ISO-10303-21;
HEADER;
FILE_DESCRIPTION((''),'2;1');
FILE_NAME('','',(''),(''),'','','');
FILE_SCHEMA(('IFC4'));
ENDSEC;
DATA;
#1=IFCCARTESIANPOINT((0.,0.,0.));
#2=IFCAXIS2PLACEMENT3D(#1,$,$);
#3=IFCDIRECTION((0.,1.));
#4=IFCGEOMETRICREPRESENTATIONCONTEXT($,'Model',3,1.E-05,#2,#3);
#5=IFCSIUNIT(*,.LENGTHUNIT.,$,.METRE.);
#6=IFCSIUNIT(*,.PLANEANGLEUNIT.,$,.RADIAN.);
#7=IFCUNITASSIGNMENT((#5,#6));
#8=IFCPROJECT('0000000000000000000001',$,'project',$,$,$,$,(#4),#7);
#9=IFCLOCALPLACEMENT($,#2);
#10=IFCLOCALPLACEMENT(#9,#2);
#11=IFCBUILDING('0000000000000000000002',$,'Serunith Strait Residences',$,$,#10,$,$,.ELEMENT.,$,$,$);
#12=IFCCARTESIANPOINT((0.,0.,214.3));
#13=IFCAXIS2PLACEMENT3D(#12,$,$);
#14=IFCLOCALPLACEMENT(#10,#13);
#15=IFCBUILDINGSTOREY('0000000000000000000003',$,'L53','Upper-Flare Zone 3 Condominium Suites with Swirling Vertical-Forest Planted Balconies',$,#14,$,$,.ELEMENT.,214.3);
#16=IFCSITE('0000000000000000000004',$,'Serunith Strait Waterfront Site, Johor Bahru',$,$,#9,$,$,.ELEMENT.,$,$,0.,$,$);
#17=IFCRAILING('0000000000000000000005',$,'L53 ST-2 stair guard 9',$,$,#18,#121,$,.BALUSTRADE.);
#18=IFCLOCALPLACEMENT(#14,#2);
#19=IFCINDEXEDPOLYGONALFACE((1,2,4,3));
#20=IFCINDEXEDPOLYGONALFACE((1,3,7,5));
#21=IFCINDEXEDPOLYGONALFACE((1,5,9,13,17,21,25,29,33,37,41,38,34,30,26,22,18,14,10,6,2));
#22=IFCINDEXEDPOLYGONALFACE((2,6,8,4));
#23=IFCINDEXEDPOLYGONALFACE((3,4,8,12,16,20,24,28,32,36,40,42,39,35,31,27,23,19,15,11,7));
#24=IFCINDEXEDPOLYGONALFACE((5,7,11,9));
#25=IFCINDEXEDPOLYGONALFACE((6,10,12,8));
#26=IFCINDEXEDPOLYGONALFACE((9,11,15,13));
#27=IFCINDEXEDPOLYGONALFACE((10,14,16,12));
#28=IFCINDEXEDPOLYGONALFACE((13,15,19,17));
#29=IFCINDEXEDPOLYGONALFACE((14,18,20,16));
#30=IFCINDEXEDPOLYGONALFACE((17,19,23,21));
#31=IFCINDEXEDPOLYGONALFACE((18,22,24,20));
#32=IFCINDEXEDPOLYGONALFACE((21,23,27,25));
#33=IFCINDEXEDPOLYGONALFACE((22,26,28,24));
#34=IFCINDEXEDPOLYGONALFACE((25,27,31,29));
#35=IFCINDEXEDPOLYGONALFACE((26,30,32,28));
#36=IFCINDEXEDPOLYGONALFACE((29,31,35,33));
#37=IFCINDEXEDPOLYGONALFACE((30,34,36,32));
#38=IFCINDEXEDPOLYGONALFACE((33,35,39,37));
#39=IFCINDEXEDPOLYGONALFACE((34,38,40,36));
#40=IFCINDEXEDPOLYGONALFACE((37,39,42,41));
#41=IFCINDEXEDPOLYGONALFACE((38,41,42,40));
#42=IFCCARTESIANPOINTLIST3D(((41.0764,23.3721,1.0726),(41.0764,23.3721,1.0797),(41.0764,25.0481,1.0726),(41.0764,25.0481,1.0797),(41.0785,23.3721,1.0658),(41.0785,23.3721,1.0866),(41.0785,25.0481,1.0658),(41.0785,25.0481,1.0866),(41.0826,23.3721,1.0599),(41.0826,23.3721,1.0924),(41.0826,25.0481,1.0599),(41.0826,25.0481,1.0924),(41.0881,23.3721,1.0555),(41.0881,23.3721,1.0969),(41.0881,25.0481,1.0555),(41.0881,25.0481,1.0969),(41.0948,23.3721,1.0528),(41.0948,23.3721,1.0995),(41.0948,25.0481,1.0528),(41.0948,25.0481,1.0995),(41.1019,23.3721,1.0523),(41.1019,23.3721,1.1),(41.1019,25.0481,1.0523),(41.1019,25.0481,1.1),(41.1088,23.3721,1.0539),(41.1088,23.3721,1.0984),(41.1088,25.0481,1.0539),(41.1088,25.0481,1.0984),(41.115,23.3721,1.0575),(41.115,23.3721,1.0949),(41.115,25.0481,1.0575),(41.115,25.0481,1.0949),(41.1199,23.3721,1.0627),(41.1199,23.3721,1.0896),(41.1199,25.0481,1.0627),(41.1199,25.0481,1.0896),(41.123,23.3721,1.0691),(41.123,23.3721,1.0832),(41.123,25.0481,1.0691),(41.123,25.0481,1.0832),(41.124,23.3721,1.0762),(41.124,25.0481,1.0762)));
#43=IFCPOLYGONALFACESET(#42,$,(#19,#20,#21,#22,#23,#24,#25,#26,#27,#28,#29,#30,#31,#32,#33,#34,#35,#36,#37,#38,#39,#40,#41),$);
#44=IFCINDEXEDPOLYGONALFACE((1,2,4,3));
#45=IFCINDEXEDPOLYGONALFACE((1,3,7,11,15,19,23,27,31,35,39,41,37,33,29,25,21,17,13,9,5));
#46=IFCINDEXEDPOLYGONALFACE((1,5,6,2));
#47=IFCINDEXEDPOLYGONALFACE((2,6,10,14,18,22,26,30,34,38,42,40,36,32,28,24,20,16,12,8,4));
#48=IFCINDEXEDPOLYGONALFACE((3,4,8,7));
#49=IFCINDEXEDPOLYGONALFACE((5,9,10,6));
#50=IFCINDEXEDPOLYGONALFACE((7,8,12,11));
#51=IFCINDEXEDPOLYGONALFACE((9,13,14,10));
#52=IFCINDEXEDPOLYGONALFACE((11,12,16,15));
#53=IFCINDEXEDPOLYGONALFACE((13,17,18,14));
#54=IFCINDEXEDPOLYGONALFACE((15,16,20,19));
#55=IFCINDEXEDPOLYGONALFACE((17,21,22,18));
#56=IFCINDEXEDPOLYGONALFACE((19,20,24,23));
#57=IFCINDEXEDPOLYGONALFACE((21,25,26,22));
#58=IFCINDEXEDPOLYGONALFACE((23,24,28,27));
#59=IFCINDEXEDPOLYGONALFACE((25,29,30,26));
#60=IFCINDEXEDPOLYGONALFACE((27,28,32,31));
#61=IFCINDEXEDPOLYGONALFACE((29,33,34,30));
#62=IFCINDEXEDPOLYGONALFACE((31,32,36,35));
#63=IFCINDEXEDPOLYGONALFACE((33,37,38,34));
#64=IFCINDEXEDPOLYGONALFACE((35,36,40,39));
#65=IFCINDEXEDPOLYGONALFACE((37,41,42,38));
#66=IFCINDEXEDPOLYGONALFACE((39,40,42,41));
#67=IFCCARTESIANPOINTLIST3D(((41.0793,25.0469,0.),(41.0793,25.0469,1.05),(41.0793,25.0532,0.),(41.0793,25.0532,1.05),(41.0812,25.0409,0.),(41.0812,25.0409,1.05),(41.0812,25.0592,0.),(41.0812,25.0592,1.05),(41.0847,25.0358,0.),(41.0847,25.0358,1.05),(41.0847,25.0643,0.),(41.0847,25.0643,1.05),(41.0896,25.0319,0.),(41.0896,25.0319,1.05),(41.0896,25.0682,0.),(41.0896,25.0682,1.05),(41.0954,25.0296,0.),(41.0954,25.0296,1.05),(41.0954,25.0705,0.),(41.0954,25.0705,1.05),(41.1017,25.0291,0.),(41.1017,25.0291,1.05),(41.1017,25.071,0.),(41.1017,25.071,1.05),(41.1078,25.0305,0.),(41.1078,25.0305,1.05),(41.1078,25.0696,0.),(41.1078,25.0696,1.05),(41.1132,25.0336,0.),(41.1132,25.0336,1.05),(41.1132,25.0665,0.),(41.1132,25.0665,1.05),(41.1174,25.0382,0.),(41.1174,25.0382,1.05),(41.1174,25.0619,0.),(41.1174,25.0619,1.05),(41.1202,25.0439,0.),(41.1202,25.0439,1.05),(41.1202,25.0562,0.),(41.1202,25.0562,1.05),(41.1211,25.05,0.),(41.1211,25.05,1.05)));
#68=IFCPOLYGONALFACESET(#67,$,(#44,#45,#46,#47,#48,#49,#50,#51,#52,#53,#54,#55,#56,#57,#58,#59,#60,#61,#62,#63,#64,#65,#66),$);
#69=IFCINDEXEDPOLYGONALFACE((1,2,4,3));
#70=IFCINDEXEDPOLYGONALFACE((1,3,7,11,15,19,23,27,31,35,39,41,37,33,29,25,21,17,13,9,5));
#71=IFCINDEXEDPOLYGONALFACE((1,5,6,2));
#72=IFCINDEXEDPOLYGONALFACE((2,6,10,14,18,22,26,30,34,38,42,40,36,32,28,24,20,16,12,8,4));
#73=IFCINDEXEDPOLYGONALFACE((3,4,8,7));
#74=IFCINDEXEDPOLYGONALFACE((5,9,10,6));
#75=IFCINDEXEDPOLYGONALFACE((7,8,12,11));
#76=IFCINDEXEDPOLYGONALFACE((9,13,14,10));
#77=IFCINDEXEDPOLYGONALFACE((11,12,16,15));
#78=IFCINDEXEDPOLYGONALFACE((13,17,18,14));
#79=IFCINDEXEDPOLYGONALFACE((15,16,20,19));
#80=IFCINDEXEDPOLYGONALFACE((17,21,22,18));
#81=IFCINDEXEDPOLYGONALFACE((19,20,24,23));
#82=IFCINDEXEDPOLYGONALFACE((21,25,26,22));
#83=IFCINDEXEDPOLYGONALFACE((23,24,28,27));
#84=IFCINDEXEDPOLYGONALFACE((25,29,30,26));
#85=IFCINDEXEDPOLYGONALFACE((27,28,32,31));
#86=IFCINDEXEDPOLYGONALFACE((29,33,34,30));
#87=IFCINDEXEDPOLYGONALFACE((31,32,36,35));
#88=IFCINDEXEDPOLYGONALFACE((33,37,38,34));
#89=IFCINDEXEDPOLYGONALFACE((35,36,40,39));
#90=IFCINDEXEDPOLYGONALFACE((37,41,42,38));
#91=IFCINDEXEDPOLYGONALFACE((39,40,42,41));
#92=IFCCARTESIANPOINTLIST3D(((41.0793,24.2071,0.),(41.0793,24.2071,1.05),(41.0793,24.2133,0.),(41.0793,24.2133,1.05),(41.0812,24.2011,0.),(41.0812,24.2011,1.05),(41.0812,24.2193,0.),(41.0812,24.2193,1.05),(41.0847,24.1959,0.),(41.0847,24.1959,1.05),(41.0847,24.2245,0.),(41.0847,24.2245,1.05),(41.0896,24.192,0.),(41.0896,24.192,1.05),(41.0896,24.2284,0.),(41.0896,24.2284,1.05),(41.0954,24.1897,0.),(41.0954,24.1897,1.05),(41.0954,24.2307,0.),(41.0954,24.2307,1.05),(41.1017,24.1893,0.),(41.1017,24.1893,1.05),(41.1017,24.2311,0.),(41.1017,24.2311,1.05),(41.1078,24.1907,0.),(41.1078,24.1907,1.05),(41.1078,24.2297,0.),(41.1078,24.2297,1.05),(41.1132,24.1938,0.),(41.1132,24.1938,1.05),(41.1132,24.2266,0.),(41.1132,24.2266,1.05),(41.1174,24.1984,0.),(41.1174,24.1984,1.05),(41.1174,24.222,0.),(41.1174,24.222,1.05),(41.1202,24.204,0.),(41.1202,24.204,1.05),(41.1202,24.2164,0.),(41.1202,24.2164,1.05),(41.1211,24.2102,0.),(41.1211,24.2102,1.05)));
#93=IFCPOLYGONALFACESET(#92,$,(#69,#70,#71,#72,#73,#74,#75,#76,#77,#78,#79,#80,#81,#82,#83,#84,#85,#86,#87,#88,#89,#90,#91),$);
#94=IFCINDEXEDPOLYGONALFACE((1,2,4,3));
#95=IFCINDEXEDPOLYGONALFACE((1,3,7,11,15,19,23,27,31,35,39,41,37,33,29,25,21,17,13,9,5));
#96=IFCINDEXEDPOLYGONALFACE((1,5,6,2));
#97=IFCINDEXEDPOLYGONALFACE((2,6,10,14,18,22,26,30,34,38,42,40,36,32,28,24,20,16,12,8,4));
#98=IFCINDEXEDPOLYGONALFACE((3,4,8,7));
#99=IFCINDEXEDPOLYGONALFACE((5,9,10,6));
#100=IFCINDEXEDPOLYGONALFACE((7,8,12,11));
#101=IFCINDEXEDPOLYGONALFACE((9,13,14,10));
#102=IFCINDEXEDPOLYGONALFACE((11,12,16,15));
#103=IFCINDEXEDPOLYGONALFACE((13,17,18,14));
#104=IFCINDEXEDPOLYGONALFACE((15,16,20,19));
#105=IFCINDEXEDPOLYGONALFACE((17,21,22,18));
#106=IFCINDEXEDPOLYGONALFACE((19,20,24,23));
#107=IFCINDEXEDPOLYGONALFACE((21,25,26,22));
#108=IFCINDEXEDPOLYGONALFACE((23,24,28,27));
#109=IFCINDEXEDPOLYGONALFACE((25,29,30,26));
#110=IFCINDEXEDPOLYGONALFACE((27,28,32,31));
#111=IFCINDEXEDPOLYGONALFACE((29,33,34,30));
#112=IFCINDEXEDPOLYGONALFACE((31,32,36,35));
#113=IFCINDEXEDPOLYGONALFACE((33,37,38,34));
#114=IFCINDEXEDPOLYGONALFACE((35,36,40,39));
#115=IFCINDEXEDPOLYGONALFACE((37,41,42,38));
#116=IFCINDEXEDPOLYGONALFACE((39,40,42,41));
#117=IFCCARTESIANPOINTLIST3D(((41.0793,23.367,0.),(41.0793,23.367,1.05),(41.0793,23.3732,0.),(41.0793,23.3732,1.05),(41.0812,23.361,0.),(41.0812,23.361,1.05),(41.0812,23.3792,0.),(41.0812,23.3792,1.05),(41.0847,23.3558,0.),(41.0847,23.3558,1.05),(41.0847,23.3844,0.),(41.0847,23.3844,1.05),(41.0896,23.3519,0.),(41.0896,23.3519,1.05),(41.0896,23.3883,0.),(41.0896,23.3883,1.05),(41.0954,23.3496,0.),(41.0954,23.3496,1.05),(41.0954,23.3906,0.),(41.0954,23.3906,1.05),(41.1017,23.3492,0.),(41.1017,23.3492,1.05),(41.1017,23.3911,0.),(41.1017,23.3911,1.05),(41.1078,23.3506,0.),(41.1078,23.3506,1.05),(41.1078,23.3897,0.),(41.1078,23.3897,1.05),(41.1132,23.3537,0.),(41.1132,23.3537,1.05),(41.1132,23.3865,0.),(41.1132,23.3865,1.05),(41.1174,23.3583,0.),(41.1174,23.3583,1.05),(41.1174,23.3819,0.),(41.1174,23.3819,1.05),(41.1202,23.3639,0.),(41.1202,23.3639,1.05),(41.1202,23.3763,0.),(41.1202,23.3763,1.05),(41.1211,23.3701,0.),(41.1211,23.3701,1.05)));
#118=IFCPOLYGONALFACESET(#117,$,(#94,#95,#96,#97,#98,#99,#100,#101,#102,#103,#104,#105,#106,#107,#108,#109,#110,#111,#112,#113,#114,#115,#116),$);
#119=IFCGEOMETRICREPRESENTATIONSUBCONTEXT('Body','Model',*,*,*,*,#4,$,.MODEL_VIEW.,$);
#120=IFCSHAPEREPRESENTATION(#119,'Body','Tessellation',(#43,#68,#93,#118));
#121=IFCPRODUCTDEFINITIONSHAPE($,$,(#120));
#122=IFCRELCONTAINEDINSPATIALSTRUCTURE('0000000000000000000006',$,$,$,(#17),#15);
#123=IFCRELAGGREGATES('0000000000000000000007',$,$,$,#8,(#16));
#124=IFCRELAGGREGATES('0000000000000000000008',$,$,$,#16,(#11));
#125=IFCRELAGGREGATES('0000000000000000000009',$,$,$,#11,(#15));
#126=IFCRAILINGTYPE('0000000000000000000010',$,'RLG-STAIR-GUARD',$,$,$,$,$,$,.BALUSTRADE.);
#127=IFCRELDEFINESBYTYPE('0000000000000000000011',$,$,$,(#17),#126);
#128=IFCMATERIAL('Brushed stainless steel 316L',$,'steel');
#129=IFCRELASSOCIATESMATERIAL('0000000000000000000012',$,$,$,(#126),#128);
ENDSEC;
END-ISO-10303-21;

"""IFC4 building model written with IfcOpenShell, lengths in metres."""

from ifc_helpers import new_model, si_unit, direction, frame, origin, origin_2d, place, context, subcontext, project, spatial, circle, extrude, material, type_object, element, save


model = new_model("IFC4")

# Units and contexts
model_context = context("Model", 3, precision=1e-05, world=origin(), true_north=direction((0.0, 1.0)))
body_context = subcontext(model_context, "Body", "Model", "MODEL_VIEW")
ifc_project = project(units=[si_unit("LENGTHUNIT", "METRE"), si_unit("PLANEANGLEUNIT", "RADIAN")], contexts=[model_context])

# Site, building, storey
site_placement = place(None, origin())
site = spatial("IfcSite", under=ifc_project, at=site_placement, Name="Serunith Strait Waterfront Site, Johor Bahru", CompositionType="ELEMENT", RefElevation=0.0)
building_placement = place(site_placement, origin())
building = spatial("IfcBuilding", under=site, at=building_placement, Name="Serunith Strait Residences", CompositionType="ELEMENT")
storey_placement = place(building_placement, frame((0.0, 0.0, 214.3)))
storey = spatial("IfcBuildingStorey", under=building, at=storey_placement, Name="L53", Description="Upper-Flare Zone 3 Condominium Suites with Swirling Vertical-Forest Planted Balconies", CompositionType="ELEMENT", Elevation=214.3)

# Railing
ifc_material_1 = material(Name="Brushed stainless steel 316L", Category="steel")
railing_type = type_object("IfcRailingType", Name="RLG-STAIR-GUARD", PredefinedType="BALUSTRADE", material=ifc_material_1)
for number, where, name in (
    (1, (41.1001, 25.05, 0.0), "L53 ST-2 stair guard 9"),
):
    element("IfcRailing", number, at=place(storey_placement, frame(where)), inside=storey, type_object=railing_type, Name=name, PredefinedType="BALUSTRADE", context=body_context, shape_type="SweptSolid", body=[
        extrude(circle(Radius=0.0239, at=origin_2d()), frame((0.0, -0.002, 1.0762), z_axis=(0.0, -1.0, 0.0), x_axis=(1.0, 0.0, 0.0)), (0.0, 0.0, 1.0), 1.676),
        extrude(circle(Radius=0.021, at=origin_2d()), origin(), (0.0, 0.0, 1.0), 1.05),
        extrude(circle(Radius=0.021, at=origin_2d()), frame((0.0, -0.8398, 0.0)), (0.0, 0.0, 1.0), 1.05),
        extrude(circle(Radius=0.021, at=origin_2d()), frame((0.0, -1.6799, 0.0)), (0.0, 0.0, 1.0), 1.05),
    ])

save(model, "model.ifc")
